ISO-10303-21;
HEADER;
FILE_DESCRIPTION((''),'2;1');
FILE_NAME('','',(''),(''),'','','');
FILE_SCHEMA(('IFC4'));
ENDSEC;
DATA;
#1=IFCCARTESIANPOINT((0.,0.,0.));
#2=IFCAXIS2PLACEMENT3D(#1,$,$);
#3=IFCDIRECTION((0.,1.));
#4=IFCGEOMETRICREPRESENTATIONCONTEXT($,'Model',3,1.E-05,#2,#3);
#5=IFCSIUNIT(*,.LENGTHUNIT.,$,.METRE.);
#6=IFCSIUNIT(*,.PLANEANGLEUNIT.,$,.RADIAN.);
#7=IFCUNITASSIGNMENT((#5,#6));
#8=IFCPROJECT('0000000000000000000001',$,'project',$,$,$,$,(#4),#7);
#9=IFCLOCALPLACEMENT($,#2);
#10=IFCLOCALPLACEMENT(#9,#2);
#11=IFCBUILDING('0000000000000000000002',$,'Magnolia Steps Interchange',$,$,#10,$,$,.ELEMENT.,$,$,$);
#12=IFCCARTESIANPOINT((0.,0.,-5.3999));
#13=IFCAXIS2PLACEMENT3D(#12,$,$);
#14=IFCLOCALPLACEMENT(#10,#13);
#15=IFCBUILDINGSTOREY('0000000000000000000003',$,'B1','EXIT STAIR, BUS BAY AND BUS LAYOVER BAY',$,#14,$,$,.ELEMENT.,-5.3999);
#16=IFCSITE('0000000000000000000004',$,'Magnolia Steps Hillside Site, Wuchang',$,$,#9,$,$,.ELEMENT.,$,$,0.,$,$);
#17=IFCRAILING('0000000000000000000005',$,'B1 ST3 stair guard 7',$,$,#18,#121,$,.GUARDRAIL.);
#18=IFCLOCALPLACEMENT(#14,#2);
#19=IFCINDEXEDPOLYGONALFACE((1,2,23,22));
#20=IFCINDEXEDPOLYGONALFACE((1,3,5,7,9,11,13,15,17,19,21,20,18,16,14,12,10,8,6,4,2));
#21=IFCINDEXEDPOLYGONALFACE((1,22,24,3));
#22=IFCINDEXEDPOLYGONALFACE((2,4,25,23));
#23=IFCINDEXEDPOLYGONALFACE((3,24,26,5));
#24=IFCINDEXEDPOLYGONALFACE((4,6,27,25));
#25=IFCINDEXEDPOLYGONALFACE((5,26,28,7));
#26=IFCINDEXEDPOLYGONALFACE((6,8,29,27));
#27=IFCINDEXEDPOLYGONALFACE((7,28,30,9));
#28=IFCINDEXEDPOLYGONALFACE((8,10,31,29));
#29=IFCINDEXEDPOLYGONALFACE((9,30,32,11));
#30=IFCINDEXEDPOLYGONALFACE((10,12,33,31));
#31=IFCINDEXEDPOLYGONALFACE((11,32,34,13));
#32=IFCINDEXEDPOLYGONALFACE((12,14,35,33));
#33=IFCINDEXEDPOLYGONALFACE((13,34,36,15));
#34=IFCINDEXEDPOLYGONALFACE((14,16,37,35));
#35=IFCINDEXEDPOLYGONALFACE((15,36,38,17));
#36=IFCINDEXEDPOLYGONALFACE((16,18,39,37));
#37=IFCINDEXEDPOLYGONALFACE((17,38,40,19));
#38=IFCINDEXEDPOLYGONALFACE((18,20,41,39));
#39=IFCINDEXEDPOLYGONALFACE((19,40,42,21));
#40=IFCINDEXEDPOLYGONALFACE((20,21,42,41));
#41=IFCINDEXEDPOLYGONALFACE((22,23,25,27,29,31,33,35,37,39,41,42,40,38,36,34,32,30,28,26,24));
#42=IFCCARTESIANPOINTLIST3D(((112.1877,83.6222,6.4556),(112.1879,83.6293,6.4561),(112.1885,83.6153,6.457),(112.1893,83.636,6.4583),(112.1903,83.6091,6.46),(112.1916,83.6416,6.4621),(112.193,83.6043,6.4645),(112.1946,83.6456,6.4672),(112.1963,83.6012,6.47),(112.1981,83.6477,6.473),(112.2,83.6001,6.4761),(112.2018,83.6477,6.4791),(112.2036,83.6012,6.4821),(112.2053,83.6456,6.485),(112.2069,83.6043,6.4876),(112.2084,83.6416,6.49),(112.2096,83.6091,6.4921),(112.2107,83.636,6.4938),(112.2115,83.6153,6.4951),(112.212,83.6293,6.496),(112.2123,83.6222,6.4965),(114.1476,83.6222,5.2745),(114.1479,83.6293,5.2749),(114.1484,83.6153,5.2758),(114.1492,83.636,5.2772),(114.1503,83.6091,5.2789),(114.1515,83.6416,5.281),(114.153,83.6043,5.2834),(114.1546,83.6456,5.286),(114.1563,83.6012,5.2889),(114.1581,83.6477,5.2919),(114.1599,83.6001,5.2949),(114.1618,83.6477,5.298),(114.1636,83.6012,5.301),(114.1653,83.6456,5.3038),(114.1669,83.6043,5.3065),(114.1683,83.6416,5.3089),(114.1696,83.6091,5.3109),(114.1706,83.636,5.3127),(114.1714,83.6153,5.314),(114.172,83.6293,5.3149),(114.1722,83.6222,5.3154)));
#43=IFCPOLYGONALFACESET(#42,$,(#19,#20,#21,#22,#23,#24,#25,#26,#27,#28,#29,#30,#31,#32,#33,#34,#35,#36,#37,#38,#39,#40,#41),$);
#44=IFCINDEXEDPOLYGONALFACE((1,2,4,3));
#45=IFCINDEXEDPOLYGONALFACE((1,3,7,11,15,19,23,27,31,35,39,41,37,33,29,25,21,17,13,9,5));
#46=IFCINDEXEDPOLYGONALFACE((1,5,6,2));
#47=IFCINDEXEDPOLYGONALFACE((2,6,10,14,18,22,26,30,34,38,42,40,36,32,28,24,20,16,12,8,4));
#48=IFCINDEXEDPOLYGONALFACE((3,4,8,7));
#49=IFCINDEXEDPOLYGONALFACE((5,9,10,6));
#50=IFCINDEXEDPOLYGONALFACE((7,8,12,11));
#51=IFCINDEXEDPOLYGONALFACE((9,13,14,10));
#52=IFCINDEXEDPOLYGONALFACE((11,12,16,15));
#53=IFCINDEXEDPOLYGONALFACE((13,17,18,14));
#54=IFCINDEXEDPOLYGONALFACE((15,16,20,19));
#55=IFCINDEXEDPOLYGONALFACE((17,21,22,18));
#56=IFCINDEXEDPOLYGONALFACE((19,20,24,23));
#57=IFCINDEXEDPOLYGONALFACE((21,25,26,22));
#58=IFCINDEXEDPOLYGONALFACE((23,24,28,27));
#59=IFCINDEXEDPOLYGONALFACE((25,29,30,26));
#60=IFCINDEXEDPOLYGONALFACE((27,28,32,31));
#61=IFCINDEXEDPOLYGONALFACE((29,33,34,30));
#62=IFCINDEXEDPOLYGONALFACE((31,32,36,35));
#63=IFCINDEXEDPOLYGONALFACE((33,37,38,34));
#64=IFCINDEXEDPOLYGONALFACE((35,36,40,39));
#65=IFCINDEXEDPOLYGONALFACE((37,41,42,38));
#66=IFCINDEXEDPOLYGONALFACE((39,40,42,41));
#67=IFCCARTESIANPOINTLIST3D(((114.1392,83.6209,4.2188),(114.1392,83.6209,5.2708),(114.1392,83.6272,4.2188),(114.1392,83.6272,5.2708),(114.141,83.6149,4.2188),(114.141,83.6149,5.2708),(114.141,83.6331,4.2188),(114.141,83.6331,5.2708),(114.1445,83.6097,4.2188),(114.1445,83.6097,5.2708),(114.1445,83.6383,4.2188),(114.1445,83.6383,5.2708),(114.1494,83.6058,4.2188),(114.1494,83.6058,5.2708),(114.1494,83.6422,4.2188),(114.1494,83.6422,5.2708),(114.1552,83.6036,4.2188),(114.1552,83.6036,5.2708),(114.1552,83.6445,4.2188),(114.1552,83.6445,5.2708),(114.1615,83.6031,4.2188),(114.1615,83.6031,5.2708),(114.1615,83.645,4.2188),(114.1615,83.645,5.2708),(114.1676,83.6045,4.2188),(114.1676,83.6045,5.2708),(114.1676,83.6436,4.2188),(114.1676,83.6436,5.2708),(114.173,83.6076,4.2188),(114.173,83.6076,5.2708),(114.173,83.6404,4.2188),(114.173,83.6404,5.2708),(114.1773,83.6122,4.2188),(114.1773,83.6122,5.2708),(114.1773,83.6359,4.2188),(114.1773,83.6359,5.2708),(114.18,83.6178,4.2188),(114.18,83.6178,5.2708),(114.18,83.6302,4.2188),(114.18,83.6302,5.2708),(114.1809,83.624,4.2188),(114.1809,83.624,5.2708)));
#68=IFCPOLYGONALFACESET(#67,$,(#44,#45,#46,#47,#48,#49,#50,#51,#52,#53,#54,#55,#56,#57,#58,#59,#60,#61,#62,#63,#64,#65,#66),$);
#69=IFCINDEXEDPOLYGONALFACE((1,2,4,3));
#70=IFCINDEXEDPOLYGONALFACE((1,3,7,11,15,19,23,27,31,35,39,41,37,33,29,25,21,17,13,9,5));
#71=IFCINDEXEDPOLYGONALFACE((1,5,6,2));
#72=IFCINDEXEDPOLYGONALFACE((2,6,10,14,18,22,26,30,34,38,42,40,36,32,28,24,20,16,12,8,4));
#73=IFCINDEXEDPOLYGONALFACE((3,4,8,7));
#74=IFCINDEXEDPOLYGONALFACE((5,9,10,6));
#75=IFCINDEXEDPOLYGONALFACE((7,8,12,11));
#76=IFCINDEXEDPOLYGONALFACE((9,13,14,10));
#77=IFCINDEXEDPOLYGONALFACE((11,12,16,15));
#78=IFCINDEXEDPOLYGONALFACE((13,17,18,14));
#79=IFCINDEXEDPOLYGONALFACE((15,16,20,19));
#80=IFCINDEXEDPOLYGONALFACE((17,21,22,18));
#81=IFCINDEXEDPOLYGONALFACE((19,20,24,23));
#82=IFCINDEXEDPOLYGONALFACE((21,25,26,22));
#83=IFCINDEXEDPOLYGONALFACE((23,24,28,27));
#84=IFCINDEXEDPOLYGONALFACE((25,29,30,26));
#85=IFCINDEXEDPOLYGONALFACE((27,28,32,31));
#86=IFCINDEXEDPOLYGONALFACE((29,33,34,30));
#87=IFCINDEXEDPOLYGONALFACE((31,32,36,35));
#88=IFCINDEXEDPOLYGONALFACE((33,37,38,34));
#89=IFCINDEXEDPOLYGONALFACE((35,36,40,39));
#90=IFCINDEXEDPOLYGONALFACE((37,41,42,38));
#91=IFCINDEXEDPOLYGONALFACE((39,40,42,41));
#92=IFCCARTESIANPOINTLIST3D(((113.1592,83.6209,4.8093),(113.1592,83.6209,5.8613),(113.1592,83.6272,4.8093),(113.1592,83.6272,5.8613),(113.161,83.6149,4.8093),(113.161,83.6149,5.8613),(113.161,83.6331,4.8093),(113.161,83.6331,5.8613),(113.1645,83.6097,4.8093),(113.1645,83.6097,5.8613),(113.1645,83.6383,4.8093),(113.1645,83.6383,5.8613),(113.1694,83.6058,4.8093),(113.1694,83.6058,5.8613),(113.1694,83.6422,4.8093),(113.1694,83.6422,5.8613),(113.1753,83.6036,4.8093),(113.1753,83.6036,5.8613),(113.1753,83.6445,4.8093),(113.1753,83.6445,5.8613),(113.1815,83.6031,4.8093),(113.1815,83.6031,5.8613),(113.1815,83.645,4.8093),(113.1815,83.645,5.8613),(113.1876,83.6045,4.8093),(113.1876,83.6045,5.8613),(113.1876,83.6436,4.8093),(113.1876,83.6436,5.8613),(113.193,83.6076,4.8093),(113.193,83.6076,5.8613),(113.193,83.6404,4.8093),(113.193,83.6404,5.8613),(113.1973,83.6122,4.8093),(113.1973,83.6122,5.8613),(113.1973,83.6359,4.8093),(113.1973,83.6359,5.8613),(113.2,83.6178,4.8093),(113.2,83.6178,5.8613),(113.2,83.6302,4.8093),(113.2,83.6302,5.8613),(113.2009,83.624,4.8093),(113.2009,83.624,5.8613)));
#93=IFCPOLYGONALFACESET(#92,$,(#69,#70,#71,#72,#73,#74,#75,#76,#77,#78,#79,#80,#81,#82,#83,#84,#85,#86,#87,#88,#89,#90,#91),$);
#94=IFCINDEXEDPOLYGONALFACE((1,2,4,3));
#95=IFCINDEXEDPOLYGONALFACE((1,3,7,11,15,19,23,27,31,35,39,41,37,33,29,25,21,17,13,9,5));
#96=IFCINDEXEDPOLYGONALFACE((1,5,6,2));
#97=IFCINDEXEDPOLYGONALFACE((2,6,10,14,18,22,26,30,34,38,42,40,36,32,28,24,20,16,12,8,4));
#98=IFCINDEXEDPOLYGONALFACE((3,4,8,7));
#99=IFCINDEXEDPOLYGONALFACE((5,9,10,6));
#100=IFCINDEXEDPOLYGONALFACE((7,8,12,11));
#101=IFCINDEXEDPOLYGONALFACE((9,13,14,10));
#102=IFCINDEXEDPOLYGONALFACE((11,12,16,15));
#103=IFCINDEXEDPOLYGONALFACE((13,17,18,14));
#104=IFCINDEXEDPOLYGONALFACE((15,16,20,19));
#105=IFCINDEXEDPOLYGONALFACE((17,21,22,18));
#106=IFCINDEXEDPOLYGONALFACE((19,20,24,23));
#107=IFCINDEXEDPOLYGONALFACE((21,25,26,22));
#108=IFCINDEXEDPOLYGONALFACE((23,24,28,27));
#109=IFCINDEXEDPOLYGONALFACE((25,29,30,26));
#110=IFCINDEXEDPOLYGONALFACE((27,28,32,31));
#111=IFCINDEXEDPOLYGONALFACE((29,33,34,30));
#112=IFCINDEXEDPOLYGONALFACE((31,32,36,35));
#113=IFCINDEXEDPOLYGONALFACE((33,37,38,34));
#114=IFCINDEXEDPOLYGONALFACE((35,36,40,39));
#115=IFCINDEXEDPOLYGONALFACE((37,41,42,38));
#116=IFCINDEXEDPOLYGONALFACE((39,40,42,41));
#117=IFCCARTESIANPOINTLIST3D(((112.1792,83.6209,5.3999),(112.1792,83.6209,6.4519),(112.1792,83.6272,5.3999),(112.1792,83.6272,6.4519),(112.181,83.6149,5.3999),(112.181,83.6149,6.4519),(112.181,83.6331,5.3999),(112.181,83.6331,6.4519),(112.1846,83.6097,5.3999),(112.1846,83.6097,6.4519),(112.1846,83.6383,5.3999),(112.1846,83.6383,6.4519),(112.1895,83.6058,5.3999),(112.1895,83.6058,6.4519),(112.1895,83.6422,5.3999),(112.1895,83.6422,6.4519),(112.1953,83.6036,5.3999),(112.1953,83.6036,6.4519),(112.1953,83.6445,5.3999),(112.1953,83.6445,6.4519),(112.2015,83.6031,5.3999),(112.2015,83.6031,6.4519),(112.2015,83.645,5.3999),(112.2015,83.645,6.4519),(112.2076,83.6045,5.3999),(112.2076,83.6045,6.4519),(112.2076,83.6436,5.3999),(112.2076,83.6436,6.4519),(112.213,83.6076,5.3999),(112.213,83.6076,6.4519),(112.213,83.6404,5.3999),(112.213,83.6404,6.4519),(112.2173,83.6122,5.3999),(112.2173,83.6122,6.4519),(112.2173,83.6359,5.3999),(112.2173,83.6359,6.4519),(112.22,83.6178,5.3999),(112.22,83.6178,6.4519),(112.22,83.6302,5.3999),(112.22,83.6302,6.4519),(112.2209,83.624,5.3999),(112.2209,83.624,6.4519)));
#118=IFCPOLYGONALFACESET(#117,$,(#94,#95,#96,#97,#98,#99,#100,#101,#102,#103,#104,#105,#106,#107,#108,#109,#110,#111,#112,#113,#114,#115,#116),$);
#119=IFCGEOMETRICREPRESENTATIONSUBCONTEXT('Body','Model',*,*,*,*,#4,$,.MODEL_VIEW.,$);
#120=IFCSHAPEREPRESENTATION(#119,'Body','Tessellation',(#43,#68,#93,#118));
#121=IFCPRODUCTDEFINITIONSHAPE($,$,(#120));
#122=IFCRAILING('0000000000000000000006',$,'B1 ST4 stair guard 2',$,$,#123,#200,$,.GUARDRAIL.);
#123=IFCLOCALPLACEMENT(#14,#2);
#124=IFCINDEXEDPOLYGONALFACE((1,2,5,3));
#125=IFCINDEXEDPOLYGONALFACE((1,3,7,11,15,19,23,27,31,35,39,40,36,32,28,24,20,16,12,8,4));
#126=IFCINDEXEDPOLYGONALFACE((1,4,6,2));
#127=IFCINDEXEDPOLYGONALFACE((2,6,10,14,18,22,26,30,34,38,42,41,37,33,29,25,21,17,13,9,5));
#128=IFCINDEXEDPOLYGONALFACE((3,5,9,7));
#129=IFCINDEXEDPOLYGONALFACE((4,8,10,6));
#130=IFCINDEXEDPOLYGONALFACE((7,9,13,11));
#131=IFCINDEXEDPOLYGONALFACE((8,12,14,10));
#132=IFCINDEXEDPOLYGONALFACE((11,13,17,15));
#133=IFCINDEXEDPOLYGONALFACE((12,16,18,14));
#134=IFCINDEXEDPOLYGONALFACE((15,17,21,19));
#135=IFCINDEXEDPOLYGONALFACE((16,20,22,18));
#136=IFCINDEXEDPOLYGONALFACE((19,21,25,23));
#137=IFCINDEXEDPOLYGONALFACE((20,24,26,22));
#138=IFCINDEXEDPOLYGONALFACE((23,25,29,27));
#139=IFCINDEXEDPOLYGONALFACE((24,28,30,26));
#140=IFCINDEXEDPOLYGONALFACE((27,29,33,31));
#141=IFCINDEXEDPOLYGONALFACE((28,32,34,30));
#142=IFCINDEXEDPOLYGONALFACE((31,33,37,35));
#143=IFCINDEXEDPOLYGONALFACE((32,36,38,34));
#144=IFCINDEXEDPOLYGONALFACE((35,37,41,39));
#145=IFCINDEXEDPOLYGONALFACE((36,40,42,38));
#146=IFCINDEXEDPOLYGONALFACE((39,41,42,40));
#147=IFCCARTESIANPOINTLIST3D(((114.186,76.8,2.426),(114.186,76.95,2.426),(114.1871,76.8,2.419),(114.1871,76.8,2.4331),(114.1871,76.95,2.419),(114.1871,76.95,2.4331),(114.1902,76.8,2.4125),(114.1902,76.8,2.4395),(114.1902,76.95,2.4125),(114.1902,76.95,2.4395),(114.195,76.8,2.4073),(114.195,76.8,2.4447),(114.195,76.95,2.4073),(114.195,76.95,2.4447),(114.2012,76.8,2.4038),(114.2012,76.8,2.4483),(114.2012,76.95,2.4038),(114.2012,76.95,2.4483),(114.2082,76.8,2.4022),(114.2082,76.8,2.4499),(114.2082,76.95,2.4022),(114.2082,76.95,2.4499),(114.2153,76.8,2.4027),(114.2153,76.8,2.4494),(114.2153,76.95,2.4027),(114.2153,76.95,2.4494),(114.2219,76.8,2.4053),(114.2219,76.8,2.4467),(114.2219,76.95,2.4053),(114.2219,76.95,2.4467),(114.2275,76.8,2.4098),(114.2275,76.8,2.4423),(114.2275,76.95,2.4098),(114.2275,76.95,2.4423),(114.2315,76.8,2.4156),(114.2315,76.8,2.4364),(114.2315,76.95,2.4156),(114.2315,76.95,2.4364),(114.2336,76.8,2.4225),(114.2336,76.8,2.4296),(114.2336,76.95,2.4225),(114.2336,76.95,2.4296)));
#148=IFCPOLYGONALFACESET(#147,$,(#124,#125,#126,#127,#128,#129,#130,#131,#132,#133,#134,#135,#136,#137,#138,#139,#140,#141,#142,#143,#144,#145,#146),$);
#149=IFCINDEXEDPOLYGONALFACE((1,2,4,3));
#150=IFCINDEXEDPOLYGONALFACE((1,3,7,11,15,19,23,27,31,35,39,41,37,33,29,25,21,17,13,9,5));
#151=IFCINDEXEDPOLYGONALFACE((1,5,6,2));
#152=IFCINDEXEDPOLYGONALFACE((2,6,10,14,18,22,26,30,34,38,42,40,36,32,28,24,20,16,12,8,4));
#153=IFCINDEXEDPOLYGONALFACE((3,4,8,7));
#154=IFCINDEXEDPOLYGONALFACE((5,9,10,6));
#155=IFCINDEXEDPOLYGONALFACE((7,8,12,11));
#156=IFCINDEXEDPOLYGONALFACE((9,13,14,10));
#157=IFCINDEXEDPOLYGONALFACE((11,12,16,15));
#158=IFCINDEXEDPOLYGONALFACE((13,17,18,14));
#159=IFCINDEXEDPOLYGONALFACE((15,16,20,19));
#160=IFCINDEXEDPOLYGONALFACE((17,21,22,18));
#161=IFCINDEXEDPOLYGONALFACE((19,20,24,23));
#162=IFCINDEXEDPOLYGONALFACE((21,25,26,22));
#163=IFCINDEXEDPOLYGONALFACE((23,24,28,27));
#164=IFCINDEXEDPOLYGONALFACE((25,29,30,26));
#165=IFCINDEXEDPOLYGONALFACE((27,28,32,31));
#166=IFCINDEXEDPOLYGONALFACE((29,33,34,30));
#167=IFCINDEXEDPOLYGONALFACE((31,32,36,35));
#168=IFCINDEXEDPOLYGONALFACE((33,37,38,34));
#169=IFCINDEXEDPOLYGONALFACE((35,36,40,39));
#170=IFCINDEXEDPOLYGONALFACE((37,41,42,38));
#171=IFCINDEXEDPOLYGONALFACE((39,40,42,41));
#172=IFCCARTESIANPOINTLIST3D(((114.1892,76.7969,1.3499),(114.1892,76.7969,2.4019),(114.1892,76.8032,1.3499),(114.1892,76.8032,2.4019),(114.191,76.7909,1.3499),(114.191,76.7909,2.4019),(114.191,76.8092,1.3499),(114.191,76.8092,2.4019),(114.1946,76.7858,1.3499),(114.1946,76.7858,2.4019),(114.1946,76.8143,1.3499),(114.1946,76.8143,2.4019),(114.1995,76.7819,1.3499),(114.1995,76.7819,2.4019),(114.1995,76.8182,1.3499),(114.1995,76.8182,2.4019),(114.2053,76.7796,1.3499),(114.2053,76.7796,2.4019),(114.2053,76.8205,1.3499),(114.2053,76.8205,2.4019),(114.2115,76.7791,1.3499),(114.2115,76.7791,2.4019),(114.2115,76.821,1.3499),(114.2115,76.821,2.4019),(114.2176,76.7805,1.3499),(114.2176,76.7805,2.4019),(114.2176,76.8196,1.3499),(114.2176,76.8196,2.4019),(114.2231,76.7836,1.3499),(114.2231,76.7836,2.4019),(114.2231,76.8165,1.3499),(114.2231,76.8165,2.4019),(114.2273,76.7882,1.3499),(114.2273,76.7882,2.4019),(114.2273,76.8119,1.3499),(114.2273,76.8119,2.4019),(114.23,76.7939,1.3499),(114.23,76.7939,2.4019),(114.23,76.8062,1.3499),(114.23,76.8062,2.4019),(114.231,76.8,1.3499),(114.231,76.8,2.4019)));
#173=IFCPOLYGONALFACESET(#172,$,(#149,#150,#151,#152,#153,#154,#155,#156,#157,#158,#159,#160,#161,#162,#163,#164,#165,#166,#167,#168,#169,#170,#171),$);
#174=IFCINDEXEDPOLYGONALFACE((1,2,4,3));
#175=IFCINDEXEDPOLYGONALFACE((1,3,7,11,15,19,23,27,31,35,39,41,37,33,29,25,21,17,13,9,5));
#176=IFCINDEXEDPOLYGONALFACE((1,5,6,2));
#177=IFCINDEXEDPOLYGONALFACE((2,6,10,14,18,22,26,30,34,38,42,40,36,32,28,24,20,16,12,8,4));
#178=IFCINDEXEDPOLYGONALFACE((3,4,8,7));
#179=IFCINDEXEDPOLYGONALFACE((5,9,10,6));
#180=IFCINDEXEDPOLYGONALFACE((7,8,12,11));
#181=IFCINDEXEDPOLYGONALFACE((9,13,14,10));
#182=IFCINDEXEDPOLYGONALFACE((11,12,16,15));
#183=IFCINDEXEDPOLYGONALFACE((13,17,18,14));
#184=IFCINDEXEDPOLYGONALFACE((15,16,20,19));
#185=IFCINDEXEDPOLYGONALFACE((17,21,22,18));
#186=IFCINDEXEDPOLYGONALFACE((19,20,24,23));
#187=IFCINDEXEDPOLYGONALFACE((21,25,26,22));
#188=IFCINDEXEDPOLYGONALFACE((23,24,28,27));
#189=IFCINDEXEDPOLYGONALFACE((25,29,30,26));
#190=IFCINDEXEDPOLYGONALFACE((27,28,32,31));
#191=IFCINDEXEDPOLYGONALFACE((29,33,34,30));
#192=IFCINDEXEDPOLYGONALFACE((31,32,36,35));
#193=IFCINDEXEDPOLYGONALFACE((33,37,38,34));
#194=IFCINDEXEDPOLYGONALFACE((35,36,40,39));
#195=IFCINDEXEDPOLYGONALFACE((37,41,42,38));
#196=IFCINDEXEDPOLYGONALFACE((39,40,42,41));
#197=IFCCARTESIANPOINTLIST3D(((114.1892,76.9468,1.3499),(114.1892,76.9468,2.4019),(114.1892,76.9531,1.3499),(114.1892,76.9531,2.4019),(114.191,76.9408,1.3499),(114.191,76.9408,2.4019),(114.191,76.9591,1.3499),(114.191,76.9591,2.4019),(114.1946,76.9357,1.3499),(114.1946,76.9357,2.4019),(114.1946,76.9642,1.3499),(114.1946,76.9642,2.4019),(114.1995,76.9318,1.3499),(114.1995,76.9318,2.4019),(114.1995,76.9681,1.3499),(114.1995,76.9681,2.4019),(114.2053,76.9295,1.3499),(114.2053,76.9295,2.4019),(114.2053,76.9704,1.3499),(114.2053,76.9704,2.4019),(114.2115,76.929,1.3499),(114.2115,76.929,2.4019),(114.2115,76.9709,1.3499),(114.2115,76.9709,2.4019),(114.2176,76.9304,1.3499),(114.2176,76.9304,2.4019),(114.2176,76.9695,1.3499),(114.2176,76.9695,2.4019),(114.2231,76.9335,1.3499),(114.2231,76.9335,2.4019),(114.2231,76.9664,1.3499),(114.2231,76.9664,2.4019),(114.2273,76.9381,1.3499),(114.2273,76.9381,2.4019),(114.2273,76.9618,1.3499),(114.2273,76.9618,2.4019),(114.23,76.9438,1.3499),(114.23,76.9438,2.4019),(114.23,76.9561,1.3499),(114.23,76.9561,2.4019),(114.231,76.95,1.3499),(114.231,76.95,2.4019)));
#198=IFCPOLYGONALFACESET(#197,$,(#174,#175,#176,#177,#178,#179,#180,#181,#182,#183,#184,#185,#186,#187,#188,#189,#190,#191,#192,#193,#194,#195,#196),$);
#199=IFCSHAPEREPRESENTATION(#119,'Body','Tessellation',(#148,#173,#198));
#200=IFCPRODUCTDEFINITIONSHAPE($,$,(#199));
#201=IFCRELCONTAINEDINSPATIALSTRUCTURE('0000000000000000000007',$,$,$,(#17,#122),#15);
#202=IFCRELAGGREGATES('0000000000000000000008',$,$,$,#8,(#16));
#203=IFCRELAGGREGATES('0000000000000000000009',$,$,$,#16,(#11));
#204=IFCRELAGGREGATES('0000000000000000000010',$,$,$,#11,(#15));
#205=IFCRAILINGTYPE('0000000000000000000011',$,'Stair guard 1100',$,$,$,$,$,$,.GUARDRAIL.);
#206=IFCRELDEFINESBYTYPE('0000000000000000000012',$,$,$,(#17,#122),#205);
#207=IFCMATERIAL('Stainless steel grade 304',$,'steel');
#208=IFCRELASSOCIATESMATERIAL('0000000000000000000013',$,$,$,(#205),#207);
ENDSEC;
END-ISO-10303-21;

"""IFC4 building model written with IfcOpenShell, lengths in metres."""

from ifc_helpers import new_model, si_unit, direction, frame, origin, origin_2d, place, context, subcontext, project, spatial, circle, extrude, material, type_object, element, save


model = new_model("IFC4")

# Units and contexts
model_context = context("Model", 3, precision=1e-05, world=origin(), true_north=direction((0.0, 1.0)))
body_context = subcontext(model_context, "Body", "Model", "MODEL_VIEW")
ifc_project = project(units=[si_unit("LENGTHUNIT", "METRE"), si_unit("PLANEANGLEUNIT", "RADIAN")], contexts=[model_context])

# Site, building, storey
site_placement = place(None, origin())
site = spatial("IfcSite", under=ifc_project, at=site_placement, Name="Magnolia Steps Hillside Site, Wuchang", CompositionType="ELEMENT", RefElevation=0.0)
building_placement = place(site_placement, origin())
building = spatial("IfcBuilding", under=site, at=building_placement, Name="Magnolia Steps Interchange", CompositionType="ELEMENT")
storey_placement = place(building_placement, frame((0.0, 0.0, -5.3999)))
storey = spatial("IfcBuildingStorey", under=building, at=storey_placement, Name="B1", Description="EXIT STAIR, BUS BAY AND BUS LAYOVER BAY", CompositionType="ELEMENT", Elevation=-5.3999)

# Railings
ifc_material_1 = material(Name="Stainless steel grade 304", Category="steel")
railing_type_1 = type_object("IfcRailingType", Name="Stair guard 1100", PredefinedType="GUARDRAIL", material=ifc_material_1)
railing_1_placement = place(storey_placement, frame((114.1599, 83.624, 4.2188)))
element("IfcRailing", 1, at=railing_1_placement, inside=storey, type_object=railing_type_1, Name="B1 ST3 stair guard 7", PredefinedType="GUARDRAIL", context=body_context, shape_type="SweptSolid", body=[
    extrude(circle(Radius=0.0239, at=origin_2d()), frame((0.0, 0.0, 1.0762), z_axis=(-0.856493, 0.0, 0.516158), x_axis=(0.0, -1.0, 0.0)), (0.0, 0.0, 1.0), 2.2883),
    extrude(circle(Radius=0.021, at=origin_2d()), origin(), (0.0, 0.0, 1.0), 1.052),
    extrude(circle(Radius=0.021, at=origin_2d()), frame((-0.98, 0.0, 0.5906)), (0.0, 0.0, 1.0), 1.052),
    extrude(circle(Radius=0.021, at=origin_2d()), frame((-1.96, 0.0, 1.1812)), (0.0, 0.0, 1.0), 1.052),
])
for number, where, name in (
    (2, (114.21, 76.8, 1.3499), "B1 ST4 stair guard 2"),
):
    element("IfcRailing", number, at=place(storey_placement, frame(where)), inside=storey, type_object=railing_type_1, Name=name, PredefinedType="GUARDRAIL", context=body_context, shape_type="SweptSolid", body=[
        extrude(circle(Radius=0.0239, at=origin_2d()), frame((0.0, 0.0, 1.0762), z_axis=(0.0, 1.0, 0.0), x_axis=(-1.0, 0.0, 0.0)), (0.0, 0.0, 1.0), 0.1499),
        extrude(circle(Radius=0.021, at=origin_2d()), origin(), (0.0, 0.0, 1.0), 1.052),
        extrude(circle(Radius=0.021, at=origin_2d()), frame((0.0, 0.1499, 0.0)), (0.0, 0.0, 1.0), 1.052),
    ])

save(model, "model.ifc")
